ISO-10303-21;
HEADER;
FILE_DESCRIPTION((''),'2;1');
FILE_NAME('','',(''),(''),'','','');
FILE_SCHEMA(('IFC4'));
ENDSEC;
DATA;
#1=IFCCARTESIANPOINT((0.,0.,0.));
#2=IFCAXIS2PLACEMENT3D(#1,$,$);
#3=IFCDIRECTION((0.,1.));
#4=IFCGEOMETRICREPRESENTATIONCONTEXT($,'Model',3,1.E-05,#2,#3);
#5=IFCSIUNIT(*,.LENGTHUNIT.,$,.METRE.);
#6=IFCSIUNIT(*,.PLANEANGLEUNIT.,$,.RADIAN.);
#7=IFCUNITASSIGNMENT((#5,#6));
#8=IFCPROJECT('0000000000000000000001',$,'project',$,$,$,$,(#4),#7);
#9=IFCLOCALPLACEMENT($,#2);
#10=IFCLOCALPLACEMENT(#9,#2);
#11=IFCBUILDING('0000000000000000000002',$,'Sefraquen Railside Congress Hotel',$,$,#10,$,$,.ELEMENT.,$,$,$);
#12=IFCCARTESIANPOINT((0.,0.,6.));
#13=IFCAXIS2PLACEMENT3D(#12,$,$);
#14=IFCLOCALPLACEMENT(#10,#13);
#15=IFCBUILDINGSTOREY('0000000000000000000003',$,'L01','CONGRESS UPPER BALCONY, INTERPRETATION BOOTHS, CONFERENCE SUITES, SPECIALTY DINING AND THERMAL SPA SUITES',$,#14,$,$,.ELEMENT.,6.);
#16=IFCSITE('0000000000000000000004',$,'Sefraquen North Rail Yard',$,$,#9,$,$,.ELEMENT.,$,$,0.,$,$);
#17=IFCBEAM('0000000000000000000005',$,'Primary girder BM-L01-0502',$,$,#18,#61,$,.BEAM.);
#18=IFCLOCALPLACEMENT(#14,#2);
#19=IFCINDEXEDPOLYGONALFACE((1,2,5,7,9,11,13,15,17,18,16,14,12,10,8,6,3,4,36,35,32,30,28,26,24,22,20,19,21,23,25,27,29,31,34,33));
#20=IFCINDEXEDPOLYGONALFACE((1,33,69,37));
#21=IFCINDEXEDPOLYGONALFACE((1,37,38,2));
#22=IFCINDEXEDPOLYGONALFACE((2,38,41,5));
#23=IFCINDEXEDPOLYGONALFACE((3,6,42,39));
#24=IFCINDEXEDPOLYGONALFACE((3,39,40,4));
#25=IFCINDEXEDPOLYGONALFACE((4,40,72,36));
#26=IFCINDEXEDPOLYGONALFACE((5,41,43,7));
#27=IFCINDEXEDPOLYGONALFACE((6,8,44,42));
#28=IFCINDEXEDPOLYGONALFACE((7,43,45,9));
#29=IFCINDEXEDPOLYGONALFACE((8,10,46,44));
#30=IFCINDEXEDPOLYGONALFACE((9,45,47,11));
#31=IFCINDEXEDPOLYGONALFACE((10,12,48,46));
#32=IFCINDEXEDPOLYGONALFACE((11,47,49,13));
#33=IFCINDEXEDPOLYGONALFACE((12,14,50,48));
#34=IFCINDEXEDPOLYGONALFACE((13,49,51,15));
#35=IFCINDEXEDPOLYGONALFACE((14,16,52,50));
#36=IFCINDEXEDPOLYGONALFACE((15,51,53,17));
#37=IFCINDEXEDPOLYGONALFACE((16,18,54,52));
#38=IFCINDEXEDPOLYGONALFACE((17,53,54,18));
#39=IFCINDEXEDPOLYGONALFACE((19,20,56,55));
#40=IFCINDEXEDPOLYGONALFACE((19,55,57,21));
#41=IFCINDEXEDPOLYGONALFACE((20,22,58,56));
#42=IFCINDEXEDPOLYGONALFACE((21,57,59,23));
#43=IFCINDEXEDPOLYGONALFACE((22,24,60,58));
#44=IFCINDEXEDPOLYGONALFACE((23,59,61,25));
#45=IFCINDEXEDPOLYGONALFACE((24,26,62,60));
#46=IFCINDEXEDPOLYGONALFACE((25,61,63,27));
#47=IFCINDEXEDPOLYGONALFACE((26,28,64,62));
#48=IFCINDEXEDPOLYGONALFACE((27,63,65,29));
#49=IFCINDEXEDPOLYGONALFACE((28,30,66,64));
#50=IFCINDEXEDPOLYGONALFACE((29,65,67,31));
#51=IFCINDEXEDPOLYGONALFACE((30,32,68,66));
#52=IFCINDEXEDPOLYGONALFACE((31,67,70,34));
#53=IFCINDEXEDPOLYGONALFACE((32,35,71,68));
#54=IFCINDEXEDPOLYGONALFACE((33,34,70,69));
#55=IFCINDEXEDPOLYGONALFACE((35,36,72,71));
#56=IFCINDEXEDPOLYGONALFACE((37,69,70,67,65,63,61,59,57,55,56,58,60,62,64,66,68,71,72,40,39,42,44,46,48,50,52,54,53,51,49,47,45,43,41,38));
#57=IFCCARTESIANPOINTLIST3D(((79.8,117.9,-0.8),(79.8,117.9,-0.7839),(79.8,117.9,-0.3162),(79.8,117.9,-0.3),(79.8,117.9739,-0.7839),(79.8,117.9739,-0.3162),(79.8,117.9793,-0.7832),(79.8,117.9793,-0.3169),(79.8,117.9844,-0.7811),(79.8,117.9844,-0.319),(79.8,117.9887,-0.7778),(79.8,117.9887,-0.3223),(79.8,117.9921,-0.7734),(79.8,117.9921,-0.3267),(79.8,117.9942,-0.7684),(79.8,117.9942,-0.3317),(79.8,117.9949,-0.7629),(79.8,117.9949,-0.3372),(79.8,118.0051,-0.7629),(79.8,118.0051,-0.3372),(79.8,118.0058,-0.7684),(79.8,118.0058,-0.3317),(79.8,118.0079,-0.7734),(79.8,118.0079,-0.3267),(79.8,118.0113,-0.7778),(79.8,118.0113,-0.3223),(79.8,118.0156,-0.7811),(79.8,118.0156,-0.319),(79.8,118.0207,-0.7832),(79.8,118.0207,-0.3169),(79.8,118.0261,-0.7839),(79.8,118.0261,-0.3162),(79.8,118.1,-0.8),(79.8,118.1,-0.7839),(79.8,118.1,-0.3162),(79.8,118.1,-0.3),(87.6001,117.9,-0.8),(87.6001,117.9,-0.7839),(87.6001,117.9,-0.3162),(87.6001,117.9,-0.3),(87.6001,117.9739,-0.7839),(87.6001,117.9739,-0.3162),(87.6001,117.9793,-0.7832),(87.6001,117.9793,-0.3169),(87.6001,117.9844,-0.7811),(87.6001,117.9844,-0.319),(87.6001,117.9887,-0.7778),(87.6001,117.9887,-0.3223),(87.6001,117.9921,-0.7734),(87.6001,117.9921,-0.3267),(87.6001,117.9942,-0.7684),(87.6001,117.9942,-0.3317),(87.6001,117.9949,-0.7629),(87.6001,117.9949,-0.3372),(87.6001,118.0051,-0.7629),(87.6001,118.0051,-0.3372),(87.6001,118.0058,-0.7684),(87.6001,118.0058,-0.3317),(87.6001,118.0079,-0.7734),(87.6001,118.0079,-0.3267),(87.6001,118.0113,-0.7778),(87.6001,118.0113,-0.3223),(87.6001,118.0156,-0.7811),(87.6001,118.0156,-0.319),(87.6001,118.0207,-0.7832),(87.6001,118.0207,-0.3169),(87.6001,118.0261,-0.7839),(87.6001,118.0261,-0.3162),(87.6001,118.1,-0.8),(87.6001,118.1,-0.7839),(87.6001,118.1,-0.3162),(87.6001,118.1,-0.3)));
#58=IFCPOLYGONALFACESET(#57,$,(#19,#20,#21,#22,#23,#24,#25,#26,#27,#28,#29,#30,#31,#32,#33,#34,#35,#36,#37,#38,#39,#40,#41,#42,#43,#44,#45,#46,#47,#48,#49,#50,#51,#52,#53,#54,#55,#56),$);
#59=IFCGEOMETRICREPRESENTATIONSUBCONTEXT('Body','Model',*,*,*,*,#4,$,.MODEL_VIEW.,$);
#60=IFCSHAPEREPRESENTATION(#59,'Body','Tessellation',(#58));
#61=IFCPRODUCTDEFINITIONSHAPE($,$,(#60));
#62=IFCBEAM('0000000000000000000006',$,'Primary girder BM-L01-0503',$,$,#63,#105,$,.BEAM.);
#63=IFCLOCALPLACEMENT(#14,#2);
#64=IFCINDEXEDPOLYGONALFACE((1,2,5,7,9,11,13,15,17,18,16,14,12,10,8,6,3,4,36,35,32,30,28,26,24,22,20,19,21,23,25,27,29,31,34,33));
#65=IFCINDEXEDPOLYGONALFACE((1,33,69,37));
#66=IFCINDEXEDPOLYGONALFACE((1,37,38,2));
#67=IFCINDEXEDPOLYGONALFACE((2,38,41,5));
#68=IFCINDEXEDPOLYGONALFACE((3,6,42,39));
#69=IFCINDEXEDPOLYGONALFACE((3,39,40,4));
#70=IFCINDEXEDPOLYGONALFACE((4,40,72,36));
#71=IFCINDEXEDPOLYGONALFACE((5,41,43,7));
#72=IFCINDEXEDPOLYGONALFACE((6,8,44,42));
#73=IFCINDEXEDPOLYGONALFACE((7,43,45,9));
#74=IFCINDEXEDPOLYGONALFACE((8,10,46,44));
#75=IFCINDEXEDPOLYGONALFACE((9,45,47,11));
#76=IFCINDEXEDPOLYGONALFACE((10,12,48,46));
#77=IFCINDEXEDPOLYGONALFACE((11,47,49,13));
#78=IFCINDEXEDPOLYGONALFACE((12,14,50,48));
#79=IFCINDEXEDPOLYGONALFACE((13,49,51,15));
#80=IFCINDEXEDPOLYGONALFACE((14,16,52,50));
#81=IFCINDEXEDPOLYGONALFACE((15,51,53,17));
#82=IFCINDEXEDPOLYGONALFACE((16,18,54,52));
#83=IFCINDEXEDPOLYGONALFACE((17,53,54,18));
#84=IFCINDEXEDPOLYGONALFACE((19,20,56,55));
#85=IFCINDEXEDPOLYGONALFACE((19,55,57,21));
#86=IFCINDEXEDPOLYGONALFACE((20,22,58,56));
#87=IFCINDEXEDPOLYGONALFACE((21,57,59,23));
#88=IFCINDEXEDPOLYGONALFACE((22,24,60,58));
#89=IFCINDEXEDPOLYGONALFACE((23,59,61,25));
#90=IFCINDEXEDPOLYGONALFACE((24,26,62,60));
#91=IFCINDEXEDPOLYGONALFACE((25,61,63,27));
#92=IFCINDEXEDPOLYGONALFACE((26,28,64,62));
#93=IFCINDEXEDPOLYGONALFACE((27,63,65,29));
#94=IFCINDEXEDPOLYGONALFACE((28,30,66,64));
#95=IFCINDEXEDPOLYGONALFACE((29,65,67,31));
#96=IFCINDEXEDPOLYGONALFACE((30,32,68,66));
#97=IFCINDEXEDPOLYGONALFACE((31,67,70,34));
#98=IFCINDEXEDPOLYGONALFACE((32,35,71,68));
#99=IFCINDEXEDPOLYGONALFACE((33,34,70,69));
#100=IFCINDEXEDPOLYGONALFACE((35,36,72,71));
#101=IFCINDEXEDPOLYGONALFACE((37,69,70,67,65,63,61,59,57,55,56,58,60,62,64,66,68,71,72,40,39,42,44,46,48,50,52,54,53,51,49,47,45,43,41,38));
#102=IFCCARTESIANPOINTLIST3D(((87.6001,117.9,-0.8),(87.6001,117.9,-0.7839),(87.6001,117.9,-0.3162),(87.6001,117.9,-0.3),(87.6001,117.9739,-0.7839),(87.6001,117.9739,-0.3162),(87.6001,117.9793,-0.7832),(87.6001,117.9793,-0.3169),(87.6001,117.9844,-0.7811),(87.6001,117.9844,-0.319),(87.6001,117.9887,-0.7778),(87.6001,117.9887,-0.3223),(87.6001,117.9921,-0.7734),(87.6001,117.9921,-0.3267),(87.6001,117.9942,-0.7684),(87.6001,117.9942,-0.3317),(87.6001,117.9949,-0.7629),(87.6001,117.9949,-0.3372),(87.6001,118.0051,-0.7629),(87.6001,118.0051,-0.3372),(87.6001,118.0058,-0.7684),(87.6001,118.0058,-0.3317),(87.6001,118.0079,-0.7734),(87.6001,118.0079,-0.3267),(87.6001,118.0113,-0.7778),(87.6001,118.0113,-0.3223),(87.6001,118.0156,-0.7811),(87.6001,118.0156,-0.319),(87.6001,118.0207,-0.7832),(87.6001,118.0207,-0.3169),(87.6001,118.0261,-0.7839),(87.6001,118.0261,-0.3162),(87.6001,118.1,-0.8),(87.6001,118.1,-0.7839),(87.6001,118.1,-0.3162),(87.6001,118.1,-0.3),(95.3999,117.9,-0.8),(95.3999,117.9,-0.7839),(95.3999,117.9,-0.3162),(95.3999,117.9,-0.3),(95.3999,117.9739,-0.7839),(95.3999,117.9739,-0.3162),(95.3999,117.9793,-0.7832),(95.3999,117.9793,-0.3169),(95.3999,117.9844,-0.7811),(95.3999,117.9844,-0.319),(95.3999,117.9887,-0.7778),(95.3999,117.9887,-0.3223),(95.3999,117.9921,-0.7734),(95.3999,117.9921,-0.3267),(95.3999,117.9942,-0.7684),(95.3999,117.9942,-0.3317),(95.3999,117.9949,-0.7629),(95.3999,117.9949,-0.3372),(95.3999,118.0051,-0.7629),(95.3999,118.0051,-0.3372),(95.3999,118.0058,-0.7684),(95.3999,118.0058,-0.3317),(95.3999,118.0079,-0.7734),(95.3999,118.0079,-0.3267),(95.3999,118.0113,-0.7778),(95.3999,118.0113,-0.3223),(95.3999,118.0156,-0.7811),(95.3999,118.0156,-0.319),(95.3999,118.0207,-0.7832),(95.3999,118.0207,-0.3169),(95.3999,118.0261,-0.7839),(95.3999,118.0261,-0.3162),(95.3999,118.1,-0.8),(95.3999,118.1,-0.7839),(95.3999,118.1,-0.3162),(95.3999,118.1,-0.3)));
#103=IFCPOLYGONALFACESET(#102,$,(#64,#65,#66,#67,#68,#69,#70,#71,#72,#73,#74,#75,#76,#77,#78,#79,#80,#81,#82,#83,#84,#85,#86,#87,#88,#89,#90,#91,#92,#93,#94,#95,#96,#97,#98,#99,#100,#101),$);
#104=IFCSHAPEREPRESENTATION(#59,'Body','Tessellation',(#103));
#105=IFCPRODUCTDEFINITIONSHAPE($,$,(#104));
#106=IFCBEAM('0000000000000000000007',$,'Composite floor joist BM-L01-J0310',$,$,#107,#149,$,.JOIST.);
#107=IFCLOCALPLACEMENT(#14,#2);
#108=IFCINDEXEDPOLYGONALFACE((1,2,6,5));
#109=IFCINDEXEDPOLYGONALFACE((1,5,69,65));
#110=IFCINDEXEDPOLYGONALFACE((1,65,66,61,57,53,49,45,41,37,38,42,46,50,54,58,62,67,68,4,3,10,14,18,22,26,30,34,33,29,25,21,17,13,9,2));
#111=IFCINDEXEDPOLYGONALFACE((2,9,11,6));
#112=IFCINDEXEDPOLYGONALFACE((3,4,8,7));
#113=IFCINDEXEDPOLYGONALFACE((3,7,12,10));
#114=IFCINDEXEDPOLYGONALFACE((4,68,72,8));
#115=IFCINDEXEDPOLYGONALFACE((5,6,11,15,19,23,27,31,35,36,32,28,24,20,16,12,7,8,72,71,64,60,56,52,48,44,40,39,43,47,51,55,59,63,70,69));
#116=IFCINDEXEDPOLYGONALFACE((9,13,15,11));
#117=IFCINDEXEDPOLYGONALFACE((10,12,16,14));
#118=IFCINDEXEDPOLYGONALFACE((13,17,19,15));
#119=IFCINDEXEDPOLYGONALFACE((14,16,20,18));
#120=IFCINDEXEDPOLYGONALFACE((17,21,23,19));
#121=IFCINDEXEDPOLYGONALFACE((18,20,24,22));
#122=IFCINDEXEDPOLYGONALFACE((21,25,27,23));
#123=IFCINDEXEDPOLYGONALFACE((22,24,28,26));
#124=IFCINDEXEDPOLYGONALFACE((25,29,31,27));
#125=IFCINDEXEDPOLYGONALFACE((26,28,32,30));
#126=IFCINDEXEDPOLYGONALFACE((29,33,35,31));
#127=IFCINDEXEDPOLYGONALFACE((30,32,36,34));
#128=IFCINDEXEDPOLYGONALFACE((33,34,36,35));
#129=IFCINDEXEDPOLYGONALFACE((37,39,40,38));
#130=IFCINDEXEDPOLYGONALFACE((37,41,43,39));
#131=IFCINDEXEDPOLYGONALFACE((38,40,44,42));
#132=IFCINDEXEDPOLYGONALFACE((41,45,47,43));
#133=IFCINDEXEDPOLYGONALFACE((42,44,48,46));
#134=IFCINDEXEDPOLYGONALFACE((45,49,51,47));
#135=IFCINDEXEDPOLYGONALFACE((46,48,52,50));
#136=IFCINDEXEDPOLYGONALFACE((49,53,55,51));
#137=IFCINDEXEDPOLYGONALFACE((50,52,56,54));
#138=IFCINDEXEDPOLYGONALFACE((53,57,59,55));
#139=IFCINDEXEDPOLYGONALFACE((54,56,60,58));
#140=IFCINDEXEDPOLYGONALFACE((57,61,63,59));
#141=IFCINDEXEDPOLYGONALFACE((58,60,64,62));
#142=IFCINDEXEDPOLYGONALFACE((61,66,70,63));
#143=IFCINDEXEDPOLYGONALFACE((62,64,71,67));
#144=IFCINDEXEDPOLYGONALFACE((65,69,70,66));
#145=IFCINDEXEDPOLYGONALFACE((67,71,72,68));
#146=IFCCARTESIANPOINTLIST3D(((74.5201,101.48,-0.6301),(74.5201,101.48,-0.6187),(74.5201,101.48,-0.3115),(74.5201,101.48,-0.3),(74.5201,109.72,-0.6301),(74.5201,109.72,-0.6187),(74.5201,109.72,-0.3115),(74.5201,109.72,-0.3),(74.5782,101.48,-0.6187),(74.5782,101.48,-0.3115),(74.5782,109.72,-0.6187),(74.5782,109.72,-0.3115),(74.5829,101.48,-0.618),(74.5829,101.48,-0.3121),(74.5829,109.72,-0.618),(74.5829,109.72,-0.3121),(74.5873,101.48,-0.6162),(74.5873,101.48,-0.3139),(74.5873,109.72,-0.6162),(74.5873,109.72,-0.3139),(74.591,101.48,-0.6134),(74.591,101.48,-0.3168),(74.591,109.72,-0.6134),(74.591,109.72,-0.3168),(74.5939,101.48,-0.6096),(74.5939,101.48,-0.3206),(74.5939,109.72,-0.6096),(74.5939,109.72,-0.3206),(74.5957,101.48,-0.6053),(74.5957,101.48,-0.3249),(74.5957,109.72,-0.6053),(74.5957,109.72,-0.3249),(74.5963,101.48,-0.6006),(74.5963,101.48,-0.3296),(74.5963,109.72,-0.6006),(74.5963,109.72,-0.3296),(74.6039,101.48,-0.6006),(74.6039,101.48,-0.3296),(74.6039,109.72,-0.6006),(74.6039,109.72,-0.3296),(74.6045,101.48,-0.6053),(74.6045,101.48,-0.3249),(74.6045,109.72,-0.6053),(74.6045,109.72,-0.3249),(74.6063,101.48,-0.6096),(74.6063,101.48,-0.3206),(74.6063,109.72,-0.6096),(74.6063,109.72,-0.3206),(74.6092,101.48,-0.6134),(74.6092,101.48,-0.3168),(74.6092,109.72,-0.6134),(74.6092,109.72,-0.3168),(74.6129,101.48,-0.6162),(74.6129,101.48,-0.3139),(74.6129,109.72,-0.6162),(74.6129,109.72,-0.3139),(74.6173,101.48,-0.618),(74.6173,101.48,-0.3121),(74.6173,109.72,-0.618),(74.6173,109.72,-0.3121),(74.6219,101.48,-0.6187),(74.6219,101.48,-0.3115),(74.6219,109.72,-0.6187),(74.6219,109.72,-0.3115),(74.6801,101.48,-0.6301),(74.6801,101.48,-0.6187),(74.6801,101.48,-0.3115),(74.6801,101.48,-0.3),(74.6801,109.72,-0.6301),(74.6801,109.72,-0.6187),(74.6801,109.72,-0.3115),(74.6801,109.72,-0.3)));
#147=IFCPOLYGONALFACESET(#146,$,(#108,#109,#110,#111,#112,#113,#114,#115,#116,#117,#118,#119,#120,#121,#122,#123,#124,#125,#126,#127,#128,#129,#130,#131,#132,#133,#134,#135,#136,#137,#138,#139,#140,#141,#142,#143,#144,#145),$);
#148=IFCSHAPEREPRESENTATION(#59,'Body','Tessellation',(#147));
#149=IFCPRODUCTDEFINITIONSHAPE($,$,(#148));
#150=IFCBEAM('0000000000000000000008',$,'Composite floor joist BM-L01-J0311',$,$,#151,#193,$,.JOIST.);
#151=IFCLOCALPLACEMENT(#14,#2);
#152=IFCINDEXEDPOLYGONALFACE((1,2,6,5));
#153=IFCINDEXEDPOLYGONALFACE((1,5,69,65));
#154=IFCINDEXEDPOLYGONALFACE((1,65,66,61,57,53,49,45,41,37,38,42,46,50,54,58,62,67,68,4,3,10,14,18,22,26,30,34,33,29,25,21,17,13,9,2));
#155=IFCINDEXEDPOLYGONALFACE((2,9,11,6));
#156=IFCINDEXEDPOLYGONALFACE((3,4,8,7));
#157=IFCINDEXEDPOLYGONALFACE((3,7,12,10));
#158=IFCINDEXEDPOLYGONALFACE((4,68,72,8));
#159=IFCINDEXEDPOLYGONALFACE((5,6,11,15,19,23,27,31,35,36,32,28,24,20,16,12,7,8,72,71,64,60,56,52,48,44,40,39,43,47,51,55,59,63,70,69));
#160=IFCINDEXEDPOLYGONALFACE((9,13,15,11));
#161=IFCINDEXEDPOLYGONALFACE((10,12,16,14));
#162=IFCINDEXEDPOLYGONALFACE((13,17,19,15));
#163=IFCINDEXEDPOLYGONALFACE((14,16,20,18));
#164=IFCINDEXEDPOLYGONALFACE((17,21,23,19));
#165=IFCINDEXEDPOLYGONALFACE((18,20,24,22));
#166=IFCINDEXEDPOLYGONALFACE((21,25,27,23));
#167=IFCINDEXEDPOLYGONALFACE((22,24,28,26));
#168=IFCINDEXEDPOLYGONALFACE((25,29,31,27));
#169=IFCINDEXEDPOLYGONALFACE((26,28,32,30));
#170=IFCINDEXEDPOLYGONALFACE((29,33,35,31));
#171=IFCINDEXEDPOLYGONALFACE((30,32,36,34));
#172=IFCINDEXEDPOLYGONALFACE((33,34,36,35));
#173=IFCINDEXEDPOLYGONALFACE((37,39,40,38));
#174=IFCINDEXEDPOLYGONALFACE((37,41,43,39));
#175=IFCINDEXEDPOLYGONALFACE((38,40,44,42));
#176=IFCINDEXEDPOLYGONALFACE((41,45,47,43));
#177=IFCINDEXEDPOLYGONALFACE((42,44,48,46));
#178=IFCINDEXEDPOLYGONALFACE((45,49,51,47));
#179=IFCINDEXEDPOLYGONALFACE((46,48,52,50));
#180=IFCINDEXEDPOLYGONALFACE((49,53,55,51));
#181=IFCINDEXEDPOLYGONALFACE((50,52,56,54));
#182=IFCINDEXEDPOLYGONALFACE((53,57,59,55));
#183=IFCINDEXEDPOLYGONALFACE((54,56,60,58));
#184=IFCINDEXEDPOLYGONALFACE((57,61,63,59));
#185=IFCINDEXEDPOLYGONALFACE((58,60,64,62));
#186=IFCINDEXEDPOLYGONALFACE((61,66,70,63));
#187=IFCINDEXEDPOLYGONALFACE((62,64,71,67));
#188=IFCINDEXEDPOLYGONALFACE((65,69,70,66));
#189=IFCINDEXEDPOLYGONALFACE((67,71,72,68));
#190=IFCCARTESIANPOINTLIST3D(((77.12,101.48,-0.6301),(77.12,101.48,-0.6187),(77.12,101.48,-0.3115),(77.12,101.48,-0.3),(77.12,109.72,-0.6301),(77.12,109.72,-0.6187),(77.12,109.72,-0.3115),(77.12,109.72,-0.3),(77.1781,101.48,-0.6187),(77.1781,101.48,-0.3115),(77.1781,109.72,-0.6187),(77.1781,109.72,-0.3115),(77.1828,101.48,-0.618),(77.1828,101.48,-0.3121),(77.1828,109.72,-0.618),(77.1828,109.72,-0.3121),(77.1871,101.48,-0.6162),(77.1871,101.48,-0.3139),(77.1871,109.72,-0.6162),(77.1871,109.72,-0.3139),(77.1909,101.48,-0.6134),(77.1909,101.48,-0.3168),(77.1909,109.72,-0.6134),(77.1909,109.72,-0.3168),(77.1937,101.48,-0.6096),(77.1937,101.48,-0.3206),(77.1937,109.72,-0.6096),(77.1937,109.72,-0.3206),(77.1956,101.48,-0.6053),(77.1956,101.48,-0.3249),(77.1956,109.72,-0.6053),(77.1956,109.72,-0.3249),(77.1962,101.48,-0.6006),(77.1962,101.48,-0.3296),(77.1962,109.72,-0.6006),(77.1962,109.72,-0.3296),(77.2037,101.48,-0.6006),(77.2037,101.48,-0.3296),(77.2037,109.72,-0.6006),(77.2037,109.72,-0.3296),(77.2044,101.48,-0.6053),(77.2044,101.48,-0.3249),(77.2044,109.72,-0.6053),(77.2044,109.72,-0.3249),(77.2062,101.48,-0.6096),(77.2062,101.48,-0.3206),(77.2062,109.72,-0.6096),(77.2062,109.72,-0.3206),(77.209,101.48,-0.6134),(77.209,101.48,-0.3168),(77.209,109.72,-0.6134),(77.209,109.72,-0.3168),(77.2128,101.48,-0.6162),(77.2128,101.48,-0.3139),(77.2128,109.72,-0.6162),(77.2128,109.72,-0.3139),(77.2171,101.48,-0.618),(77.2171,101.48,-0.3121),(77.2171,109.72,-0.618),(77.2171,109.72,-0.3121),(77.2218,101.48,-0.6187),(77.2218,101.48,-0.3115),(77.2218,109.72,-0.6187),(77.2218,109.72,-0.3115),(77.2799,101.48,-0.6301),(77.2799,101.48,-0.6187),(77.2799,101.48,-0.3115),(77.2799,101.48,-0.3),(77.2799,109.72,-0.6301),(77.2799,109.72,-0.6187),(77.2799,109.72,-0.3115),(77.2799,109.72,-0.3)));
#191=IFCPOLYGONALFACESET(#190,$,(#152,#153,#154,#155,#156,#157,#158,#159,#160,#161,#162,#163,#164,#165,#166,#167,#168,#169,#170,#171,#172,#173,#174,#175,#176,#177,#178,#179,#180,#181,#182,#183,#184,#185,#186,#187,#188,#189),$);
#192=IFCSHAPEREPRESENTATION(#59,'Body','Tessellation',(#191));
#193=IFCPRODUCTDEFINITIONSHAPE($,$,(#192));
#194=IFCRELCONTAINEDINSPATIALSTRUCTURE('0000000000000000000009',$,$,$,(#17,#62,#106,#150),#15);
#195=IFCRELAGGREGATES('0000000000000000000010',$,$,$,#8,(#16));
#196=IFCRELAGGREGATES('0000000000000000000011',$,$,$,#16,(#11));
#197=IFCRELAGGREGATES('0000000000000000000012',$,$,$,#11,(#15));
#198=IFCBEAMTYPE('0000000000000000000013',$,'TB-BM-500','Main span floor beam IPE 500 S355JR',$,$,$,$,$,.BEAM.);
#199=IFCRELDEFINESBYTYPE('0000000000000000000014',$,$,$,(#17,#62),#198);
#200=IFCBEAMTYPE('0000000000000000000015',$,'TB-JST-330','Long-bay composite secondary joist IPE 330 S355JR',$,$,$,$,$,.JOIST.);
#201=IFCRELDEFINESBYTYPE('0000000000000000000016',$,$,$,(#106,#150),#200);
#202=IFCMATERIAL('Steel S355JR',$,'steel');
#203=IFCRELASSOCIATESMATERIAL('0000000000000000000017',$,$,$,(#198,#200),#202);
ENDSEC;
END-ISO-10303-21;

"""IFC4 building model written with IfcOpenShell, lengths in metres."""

from ifc_helpers import new_model, si_unit, direction, frame, origin, origin_2d, place, context, subcontext, project, spatial, i_section, extrude, material, material_profile, profile_set, type_object, element, save


model = new_model("IFC4")

# Units and contexts
model_context = context("Model", 3, precision=1e-05, world=origin(), true_north=direction((0.0, 1.0)))
body_context = subcontext(model_context, "Body", "Model", "MODEL_VIEW")
ifc_project = project(units=[si_unit("LENGTHUNIT", "METRE"), si_unit("PLANEANGLEUNIT", "RADIAN")], contexts=[model_context])

# Site, building, storey
site_placement = place(None, origin())
site = spatial("IfcSite", under=ifc_project, at=site_placement, Name="Sefraquen North Rail Yard", CompositionType="ELEMENT", RefElevation=0.0)
building_placement = place(site_placement, origin())
building = spatial("IfcBuilding", under=site, at=building_placement, Name="Sefraquen Railside Congress Hotel", CompositionType="ELEMENT")
storey_placement = place(building_placement, frame((0.0, 0.0, 6.0)))
storey = spatial("IfcBuildingStorey", under=building, at=storey_placement, Name="L01", Description="CONGRESS UPPER BALCONY, INTERPRETATION BOOTHS, CONFERENCE SUITES, SPECIALTY DINING AND THERMAL SPA SUITES", CompositionType="ELEMENT", Elevation=6.0)

# Shared definitions
ifc_material_1 = material(Name="Steel S355JR", Category="steel")

# Beams
ifc_material_profile_1 = material_profile(ifc_material_1, i_section(OverallWidth=0.2, OverallDepth=0.5, WebThickness=0.0103, FlangeThickness=0.0161, FilletRadius=0.021, at=origin_2d()), Name="IPE 500")
ifc_profile_set_1 = profile_set([ifc_material_profile_1], Name="Steel S355JR")
beam_type_1 = type_object("IfcBeamType", Name="TB-BM-500", Description="Main span floor beam IPE 500 S355JR", PredefinedType="BEAM", material=ifc_profile_set_1)
for number, where, z_axis, x_axis, name in (
    (1, (79.8, 118.0, -0.55), (1.0, 0.0, 0.0), (0.0, 1.0, 0.0), "Primary girder BM-L01-0502"),
):
    element("IfcBeam", number, at=place(storey_placement, frame(where, z_axis=z_axis, x_axis=x_axis)), inside=storey, type_object=beam_type_1, Name=name, PredefinedType="BEAM", context=body_context, shape_type="SweptSolid", body=[
        extrude(i_section(OverallWidth=0.2, OverallDepth=0.5, WebThickness=0.0103, FlangeThickness=0.0161, FilletRadius=0.021, at=origin_2d()), origin(), (0.0, 0.0, 1.0), 7.8),
    ])
beam_1_placement = place(storey_placement, frame((87.6001, 118.0, -0.55), z_axis=(1.0, 0.0, 0.0), x_axis=(0.0, 1.0, 0.0)))
element("IfcBeam", 2, at=beam_1_placement, inside=storey, type_object=beam_type_1, Name="Primary girder BM-L01-0503", PredefinedType="BEAM", context=body_context, shape_type="SweptSolid", body=[
    extrude(i_section(OverallWidth=0.2, OverallDepth=0.5, WebThickness=0.0103, FlangeThickness=0.0161, FilletRadius=0.021, at=origin_2d()), origin(), (0.0, 0.0, 1.0), 7.7998),
])
ifc_material_profile_2 = material_profile(ifc_material_1, i_section(OverallWidth=0.1599, OverallDepth=0.3301, WebThickness=0.0076, FlangeThickness=0.0115, FilletRadius=0.0181, at=origin_2d()), Name="IPE 330")
ifc_profile_set_2 = profile_set([ifc_material_profile_2], Name="Steel S355JR")
beam_type_2 = type_object("IfcBeamType", Name="TB-JST-330", Description="Long-bay composite secondary joist IPE 330 S355JR", PredefinedType="JOIST", material=ifc_profile_set_2)
for number, where, z_axis, x_axis, name in (
    (3, (74.6001, 101.48, -0.4651), (0.0, 1.0, 0.0), (-1.0, 0.0, 0.0), "Composite floor joist BM-L01-J0310"),
    (4, (77.2, 101.48, -0.4651), (0.0, 1.0, 0.0), (-1.0, 0.0, 0.0), "Composite floor joist BM-L01-J0311"),
):
    element("IfcBeam", number, at=place(storey_placement, frame(where, z_axis=z_axis, x_axis=x_axis)), inside=storey, type_object=beam_type_2, Name=name, PredefinedType="JOIST", context=body_context, shape_type="SweptSolid", body=[
        extrude(i_section(OverallWidth=0.1599, OverallDepth=0.3301, WebThickness=0.0076, FlangeThickness=0.0115, FilletRadius=0.0181, at=origin_2d()), origin(), (0.0, 0.0, 1.0), 8.24),
    ])

save(model, "model.ifc")
